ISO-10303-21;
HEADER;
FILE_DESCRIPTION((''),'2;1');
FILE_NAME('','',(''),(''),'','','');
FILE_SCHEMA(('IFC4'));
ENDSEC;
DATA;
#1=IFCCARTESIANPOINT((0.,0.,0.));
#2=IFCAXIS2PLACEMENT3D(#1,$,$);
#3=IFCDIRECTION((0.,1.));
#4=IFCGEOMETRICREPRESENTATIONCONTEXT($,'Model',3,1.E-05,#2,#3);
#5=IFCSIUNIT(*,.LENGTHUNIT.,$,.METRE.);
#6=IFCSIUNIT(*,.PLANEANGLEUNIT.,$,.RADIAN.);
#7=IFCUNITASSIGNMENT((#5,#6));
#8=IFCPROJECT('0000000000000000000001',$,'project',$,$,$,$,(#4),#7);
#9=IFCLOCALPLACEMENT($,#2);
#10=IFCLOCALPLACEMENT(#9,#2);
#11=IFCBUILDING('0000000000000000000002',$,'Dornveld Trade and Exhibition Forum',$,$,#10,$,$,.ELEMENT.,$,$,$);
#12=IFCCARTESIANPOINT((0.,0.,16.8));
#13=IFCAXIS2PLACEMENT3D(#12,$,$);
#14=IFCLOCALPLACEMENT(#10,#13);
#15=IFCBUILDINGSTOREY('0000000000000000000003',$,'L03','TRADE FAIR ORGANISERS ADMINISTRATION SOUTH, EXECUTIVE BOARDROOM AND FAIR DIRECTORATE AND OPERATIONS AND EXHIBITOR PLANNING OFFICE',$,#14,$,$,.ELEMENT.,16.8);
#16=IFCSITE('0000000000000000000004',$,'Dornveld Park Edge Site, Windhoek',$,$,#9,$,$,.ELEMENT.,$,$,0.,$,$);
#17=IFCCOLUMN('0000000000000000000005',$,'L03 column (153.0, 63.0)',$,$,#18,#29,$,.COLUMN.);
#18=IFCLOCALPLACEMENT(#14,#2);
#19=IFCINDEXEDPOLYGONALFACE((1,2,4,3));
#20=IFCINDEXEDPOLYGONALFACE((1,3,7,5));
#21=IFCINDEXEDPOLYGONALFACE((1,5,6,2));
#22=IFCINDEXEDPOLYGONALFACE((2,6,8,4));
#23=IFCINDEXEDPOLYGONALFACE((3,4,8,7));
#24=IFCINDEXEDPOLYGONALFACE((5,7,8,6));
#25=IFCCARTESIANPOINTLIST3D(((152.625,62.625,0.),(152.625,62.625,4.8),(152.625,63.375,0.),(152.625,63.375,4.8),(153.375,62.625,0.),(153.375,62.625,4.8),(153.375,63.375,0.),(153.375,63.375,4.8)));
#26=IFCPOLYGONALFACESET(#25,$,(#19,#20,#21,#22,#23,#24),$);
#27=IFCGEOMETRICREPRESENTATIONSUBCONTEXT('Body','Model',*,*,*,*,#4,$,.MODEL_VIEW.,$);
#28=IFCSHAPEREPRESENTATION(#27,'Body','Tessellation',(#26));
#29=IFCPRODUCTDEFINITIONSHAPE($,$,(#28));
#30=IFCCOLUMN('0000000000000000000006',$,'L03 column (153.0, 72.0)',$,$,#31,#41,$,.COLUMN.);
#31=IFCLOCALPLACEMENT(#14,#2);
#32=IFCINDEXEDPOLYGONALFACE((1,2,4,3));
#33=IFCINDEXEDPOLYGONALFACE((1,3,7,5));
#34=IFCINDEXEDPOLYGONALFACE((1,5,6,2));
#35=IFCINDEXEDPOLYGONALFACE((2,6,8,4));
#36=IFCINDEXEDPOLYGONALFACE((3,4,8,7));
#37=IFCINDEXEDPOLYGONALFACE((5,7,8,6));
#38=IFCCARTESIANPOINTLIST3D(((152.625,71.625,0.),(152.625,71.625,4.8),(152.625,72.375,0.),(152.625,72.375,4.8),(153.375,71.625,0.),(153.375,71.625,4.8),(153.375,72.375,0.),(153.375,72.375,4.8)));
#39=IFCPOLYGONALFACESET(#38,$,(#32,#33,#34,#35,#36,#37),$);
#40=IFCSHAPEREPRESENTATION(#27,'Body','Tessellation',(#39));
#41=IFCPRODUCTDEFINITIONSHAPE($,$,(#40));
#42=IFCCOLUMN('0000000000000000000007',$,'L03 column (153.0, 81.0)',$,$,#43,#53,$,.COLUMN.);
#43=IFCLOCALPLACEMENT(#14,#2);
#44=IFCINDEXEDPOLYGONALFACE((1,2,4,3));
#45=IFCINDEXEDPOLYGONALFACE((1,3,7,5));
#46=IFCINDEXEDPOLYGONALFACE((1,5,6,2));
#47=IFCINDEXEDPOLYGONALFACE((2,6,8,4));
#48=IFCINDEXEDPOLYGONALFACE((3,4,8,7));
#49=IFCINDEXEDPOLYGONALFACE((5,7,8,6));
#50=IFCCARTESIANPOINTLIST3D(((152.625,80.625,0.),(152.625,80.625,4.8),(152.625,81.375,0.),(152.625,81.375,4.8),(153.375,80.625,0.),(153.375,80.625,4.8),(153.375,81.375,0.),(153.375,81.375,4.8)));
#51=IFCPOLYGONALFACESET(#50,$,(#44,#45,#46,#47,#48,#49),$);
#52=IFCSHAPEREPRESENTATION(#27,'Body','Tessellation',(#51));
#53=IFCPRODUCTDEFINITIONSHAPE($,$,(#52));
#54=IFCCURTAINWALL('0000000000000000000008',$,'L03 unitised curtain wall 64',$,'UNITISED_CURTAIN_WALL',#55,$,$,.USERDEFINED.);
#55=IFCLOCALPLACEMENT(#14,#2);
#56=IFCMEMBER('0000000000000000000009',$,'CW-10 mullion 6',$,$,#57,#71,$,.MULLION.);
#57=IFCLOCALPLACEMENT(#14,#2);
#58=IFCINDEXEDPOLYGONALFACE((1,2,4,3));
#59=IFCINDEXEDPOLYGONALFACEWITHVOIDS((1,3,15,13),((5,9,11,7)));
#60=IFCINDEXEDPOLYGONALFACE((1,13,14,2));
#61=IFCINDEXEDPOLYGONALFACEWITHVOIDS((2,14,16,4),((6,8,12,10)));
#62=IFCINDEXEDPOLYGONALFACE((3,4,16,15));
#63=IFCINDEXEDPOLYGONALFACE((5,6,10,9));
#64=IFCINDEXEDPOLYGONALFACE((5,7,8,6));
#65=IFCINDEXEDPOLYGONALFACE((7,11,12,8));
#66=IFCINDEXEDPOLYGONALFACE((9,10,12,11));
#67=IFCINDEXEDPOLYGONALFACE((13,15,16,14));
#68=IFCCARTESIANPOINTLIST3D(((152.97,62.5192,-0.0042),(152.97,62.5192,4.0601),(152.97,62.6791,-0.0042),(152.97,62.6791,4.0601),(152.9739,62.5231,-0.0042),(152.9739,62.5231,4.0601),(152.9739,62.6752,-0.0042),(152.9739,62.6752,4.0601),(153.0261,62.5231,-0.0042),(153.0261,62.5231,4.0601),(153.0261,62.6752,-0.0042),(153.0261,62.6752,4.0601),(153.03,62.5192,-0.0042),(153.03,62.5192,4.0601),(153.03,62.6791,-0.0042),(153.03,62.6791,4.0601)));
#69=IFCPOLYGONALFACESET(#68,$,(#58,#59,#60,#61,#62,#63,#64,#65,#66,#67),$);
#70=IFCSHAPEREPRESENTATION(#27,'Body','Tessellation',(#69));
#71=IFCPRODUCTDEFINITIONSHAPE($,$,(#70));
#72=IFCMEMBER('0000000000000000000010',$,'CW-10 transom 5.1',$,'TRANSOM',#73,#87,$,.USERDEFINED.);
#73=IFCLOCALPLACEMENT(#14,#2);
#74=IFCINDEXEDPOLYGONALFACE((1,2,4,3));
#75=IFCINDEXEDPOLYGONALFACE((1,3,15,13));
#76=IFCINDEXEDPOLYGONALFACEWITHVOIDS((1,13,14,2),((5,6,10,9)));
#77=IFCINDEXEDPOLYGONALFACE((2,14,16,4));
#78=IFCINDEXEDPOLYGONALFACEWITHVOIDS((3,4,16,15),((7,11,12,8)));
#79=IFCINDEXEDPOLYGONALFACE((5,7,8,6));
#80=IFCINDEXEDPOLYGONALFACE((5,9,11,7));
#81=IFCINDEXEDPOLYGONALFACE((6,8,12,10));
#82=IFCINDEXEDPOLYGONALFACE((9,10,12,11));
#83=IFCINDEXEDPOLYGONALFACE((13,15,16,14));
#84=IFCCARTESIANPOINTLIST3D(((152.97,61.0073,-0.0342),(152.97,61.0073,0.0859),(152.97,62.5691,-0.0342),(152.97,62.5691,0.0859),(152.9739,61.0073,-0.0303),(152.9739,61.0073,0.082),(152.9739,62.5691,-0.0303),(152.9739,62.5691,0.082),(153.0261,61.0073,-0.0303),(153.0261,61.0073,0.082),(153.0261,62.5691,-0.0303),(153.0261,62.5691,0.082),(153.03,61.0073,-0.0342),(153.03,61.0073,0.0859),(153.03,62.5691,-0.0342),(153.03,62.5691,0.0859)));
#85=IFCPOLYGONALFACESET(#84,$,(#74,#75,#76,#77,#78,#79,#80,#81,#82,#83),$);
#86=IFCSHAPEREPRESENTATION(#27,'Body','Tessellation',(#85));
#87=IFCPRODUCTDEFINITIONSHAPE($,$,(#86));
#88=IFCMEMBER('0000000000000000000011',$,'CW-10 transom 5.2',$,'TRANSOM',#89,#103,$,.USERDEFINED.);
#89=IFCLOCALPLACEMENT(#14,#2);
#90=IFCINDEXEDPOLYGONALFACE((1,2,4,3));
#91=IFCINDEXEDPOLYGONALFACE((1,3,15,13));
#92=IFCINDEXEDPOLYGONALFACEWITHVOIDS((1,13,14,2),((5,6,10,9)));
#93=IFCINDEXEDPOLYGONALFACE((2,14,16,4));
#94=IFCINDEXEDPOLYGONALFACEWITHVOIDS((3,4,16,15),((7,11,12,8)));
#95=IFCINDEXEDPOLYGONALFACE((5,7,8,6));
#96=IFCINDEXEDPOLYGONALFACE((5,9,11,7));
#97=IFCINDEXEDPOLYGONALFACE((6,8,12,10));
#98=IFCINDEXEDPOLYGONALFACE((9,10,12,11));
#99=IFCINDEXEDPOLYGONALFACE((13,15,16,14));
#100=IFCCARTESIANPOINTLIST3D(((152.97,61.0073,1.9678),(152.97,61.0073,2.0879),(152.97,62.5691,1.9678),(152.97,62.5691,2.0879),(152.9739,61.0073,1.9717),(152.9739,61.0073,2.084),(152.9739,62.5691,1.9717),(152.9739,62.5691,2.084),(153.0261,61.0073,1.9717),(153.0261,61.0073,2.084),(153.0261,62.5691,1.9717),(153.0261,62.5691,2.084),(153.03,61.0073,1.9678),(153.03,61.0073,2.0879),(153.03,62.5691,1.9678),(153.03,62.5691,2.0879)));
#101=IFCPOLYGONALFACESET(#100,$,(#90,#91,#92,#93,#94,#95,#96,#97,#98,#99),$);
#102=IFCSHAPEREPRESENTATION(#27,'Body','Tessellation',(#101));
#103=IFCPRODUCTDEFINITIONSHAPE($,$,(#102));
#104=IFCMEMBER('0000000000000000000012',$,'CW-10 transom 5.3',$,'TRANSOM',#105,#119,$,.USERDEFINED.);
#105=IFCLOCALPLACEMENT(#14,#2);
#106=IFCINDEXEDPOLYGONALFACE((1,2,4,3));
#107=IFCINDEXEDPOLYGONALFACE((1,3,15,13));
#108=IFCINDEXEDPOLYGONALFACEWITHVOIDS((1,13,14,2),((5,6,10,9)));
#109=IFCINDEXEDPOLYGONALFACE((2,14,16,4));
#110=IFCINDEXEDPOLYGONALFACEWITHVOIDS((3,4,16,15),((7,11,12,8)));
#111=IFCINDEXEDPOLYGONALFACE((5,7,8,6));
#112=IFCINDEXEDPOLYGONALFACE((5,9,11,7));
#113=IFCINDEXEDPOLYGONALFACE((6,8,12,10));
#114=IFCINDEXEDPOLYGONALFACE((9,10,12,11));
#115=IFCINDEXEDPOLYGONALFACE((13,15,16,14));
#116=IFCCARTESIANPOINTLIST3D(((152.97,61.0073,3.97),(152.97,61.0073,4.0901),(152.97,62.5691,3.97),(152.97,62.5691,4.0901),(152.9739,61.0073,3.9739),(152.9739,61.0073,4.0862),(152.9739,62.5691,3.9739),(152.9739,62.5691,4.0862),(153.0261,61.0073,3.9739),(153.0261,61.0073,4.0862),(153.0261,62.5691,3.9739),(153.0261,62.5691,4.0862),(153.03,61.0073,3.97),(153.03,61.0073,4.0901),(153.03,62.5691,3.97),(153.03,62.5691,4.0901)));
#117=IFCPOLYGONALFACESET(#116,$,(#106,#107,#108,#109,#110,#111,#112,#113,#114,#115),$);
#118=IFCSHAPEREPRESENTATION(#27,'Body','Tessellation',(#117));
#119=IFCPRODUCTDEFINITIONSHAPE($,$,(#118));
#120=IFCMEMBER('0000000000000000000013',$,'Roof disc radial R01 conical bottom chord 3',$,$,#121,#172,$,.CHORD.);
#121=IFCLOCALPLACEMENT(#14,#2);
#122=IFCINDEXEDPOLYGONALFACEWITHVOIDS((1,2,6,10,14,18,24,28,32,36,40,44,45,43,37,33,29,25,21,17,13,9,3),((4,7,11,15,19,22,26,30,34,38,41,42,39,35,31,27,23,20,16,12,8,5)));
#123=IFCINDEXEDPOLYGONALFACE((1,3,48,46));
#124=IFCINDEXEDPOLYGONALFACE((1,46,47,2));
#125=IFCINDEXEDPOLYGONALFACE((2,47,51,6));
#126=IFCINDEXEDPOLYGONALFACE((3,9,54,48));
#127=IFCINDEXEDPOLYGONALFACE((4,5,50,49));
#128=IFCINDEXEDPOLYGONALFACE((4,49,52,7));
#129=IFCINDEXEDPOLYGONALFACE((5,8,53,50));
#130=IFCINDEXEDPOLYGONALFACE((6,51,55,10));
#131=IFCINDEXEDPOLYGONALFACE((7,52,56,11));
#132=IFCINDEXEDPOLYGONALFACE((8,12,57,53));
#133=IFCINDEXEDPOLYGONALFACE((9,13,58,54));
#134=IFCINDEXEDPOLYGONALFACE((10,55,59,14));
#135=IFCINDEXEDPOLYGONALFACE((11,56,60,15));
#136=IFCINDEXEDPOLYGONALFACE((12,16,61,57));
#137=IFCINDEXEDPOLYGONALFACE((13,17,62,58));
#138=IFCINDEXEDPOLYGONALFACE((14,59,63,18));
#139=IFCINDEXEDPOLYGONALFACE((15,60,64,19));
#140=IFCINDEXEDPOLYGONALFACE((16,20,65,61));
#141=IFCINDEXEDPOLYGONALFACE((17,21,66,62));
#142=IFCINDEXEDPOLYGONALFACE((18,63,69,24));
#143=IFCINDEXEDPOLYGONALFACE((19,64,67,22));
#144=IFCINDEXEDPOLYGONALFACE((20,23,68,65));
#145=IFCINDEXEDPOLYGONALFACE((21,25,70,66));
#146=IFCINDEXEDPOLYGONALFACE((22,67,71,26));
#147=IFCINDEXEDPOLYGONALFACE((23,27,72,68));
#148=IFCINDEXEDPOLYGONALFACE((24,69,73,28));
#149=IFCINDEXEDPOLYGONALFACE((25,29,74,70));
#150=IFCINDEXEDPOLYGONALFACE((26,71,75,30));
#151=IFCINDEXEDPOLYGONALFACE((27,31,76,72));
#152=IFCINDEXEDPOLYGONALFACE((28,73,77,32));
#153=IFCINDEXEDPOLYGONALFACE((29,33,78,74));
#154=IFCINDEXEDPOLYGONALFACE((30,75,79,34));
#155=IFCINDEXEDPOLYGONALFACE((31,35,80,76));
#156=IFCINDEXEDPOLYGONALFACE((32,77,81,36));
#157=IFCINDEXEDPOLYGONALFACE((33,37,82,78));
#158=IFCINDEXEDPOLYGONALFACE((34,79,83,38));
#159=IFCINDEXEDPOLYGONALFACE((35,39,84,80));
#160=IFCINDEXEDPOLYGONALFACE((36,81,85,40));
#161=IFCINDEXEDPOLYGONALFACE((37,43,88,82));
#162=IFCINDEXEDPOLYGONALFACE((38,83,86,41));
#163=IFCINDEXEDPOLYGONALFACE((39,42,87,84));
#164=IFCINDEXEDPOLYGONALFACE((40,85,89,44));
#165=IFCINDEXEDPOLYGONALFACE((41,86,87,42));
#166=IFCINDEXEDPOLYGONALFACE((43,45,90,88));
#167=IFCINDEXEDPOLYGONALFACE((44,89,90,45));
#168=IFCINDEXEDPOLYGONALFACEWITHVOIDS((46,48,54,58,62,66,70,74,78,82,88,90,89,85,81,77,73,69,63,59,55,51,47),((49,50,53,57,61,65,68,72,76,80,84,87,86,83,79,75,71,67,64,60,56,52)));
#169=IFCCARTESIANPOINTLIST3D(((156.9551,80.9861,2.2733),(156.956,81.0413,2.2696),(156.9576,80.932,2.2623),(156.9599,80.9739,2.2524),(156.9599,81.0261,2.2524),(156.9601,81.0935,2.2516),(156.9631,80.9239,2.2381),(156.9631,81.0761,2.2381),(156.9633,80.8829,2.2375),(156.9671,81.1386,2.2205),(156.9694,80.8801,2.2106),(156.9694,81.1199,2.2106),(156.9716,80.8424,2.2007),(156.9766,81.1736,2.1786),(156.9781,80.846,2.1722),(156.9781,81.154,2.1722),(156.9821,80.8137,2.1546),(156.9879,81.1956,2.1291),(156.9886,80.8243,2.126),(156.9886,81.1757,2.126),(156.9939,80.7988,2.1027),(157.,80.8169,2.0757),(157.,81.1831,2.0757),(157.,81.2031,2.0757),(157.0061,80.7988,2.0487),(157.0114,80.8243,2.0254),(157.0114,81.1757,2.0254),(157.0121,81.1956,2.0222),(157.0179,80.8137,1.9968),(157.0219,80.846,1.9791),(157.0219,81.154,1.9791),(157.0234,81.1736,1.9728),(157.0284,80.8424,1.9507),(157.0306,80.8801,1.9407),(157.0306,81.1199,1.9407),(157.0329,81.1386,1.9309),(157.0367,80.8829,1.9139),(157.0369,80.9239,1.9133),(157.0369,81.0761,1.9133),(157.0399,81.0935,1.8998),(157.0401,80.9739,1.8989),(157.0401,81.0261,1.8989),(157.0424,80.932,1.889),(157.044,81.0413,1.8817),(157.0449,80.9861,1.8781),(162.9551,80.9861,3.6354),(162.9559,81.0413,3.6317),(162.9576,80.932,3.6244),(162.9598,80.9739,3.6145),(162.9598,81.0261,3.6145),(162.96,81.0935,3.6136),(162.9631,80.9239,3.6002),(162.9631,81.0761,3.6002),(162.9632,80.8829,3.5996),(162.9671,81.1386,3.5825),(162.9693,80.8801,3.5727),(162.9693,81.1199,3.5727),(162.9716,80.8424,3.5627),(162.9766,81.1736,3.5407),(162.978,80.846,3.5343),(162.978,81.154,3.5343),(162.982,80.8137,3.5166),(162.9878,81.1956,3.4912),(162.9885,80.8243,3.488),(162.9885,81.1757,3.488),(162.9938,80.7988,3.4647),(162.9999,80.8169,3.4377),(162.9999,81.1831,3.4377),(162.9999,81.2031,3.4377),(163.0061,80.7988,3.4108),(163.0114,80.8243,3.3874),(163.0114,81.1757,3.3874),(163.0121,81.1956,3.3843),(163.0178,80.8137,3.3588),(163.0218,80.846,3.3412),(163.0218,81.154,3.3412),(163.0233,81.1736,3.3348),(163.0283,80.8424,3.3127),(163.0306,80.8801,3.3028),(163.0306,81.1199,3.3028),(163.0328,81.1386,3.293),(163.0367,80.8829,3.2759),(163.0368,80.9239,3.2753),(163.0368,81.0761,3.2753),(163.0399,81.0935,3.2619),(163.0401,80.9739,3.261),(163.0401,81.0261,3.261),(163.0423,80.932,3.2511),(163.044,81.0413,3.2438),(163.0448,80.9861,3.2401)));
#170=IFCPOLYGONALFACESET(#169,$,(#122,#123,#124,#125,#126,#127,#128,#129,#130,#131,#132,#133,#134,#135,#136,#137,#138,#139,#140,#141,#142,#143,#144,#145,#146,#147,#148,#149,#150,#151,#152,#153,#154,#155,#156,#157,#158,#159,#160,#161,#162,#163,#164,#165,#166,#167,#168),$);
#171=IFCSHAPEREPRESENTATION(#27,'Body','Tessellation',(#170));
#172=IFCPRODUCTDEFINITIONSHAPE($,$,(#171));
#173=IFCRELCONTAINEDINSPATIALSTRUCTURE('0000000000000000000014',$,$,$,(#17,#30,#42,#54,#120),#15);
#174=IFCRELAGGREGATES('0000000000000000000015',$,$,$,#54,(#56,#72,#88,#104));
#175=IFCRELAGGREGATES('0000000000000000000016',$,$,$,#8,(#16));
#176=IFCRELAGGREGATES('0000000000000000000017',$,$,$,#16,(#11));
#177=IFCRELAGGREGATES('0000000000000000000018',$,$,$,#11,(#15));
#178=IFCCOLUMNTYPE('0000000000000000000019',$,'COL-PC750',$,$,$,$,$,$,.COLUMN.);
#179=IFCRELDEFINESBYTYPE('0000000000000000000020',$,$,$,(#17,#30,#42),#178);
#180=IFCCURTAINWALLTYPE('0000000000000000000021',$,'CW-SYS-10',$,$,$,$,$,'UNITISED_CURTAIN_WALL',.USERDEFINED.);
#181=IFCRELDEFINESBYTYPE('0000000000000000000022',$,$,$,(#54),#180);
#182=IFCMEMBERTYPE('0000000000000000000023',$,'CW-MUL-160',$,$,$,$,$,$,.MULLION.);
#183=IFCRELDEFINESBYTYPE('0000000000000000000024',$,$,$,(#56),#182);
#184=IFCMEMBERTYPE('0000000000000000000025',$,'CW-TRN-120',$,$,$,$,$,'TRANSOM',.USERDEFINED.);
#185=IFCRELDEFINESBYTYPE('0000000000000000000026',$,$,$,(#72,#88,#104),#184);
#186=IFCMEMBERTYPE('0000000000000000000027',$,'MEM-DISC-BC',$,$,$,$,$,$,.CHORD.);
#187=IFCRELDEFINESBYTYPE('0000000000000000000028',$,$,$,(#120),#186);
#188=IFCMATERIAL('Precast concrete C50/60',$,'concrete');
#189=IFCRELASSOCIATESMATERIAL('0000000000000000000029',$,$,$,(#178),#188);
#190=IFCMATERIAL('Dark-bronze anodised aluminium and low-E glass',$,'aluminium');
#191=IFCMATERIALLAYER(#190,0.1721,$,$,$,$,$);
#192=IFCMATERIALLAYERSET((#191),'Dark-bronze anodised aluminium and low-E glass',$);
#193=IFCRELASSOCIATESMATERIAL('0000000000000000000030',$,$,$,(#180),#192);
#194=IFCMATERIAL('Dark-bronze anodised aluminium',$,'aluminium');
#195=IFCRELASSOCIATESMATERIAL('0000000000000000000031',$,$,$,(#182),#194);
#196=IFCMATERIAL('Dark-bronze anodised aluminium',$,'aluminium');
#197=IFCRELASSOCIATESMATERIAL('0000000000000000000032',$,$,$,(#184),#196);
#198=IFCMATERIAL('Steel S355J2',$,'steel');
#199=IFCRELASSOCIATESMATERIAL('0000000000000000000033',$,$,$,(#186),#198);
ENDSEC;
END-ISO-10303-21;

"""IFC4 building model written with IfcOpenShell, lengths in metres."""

from ifc_helpers import new_model, si_unit, direction, frame, origin, origin_2d, place, context, subcontext, project, spatial, rectangle, hollow_rectangle, hollow_circle, extrude, material, layer, layer_set, material_profile, profile_set, type_object, element, aggregate, save


model = new_model("IFC4")

# Units and contexts
model_context = context("Model", 3, precision=1e-05, world=origin(), true_north=direction((0.0, 1.0)))
body_context = subcontext(model_context, "Body", "Model", "MODEL_VIEW")
ifc_project = project(units=[si_unit("LENGTHUNIT", "METRE"), si_unit("PLANEANGLEUNIT", "RADIAN")], contexts=[model_context])

# Site, building, storey
site_placement = place(None, origin())
site = spatial("IfcSite", under=ifc_project, at=site_placement, Name="Dornveld Park Edge Site, Windhoek", CompositionType="ELEMENT", RefElevation=0.0)
building_placement = place(site_placement, origin())
building = spatial("IfcBuilding", under=site, at=building_placement, Name="Dornveld Trade and Exhibition Forum", CompositionType="ELEMENT")
storey_placement = place(building_placement, frame((0.0, 0.0, 16.8)))
storey = spatial("IfcBuildingStorey", under=building, at=storey_placement, Name="L03", Description="TRADE FAIR ORGANISERS ADMINISTRATION SOUTH, EXECUTIVE BOARDROOM AND FAIR DIRECTORATE AND OPERATIONS AND EXHIBITOR PLANNING OFFICE", CompositionType="ELEMENT", Elevation=16.8)

# Columns
ifc_material_1 = material(Name="Precast concrete C50/60", Category="concrete")
ifc_material_profile_1 = material_profile(ifc_material_1, rectangle(XDim=0.75, YDim=0.75, at=origin_2d()), Name="PC-COL 750x750")
ifc_profile_set_1 = profile_set([ifc_material_profile_1], Name="Precast concrete C50/60")
column_type = type_object("IfcColumnType", Name="COL-PC750", PredefinedType="COLUMN", material=ifc_profile_set_1)
for number, where, z_axis, x_axis, name in (
    (1, (153.0, 63.0, 0.0), (0.0, 0.0, 1.0), (1.0, 0.0, 0.0), "L03 column (153.0, 63.0)"),
    (2, (153.0, 72.0, 0.0), (0.0, 0.0, 1.0), (1.0, 0.0, 0.0), "L03 column (153.0, 72.0)"),
    (3, (153.0, 81.0, 0.0), (0.0, 0.0, 1.0), (1.0, 0.0, 0.0), "L03 column (153.0, 81.0)"),
):
    element("IfcColumn", number, at=place(storey_placement, frame(where, z_axis=z_axis, x_axis=x_axis)), inside=storey, type_object=column_type, Name=name, PredefinedType="COLUMN", context=body_context, shape_type="SweptSolid", body=[
        extrude(rectangle(XDim=0.75, YDim=0.75, at=origin_2d()), origin(), (0.0, 0.0, 1.0), 4.8),
    ])

# Curtain wall, members
ifc_material_2 = material(Name="Dark-bronze anodised aluminium and low-E glass", Category="aluminium")
ifc_layer_1 = layer(ifc_material_2, 0.1721)
ifc_layer_set_1 = layer_set([ifc_layer_1], Name="Dark-bronze anodised aluminium and low-E glass")
curtain_wall_type = type_object("IfcCurtainWallType", Name="CW-SYS-10", ElementType="UNITISED_CURTAIN_WALL", PredefinedType="USERDEFINED", material=ifc_layer_set_1)
curtain_wall_placement = place(storey_placement, origin())
curtain_wall = element("IfcCurtainWall", 4, at=curtain_wall_placement, inside=storey, type_object=curtain_wall_type, Name="L03 unitised curtain wall 64", ObjectType="UNITISED_CURTAIN_WALL", PredefinedType="USERDEFINED")
ifc_material_3 = material(Name="Dark-bronze anodised aluminium", Category="aluminium")
ifc_material_profile_2 = material_profile(ifc_material_3, hollow_rectangle(XDim=0.0601, YDim=0.1599, WallThickness=0.0039, at=origin_2d()), Name="RHS 160x60x4")
ifc_profile_set_2 = profile_set([ifc_material_profile_2], Name="Dark-bronze anodised aluminium")
member_type_1 = type_object("IfcMemberType", Name="CW-MUL-160", PredefinedType="MULLION", material=ifc_profile_set_2)
member_1_placement = place(storey_placement, frame((153.0, 62.5991, -0.0042), z_axis=(0.0, 0.0, 1.0), x_axis=(-1.0, 0.0, 0.0)))
member_1 = element("IfcMember", 5, at=member_1_placement, type_object=member_type_1, Name="CW-10 mullion 6", PredefinedType="MULLION", context=body_context, shape_type="SweptSolid", body=[
    extrude(hollow_rectangle(XDim=0.0601, YDim=0.1599, WallThickness=0.0039, at=origin_2d()), origin(), (0.0, 0.0, 1.0), 4.0642),
])
ifc_material_4 = material(Name="Dark-bronze anodised aluminium", Category="aluminium")
ifc_material_profile_3 = material_profile(ifc_material_4, hollow_rectangle(XDim=0.0601, YDim=0.1201, WallThickness=0.0039, at=origin_2d()), Name="RHS 120x60x4")
ifc_profile_set_3 = profile_set([ifc_material_profile_3], Name="Dark-bronze anodised aluminium")
member_type_2 = type_object("IfcMemberType", Name="CW-TRN-120", ElementType="TRANSOM", PredefinedType="USERDEFINED", material=ifc_profile_set_3)
member_2_placement = place(storey_placement, frame((153.0, 61.0073, 0.0259), z_axis=(0.0, 1.0, 0.0), x_axis=(-1.0, 0.0, 0.0)))
member_2 = element("IfcMember", 6, at=member_2_placement, type_object=member_type_2, Name="CW-10 transom 5.1", ObjectType="TRANSOM", PredefinedType="USERDEFINED", context=body_context, shape_type="SweptSolid", body=[
    extrude(hollow_rectangle(XDim=0.0601, YDim=0.1201, WallThickness=0.0039, at=origin_2d()), origin(), (0.0, 0.0, 1.0), 1.5618),
])
member_3_placement = place(storey_placement, frame((153.0, 61.0073, 2.0278), z_axis=(0.0, 1.0, 0.0), x_axis=(-1.0, 0.0, 0.0)))
member_3 = element("IfcMember", 7, at=member_3_placement, type_object=member_type_2, Name="CW-10 transom 5.2", ObjectType="TRANSOM", PredefinedType="USERDEFINED", context=body_context, shape_type="SweptSolid", body=[
    extrude(hollow_rectangle(XDim=0.0601, YDim=0.1201, WallThickness=0.0039, at=origin_2d()), origin(), (0.0, 0.0, 1.0), 1.5618),
])
member_4_placement = place(storey_placement, frame((153.0, 61.0073, 4.03), z_axis=(0.0, 1.0, 0.0), x_axis=(-1.0, 0.0, 0.0)))
member_4 = element("IfcMember", 8, at=member_4_placement, type_object=member_type_2, Name="CW-10 transom 5.3", ObjectType="TRANSOM", PredefinedType="USERDEFINED", context=body_context, shape_type="SweptSolid", body=[
    extrude(hollow_rectangle(XDim=0.0601, YDim=0.1201, WallThickness=0.0039, at=origin_2d()), origin(), (0.0, 0.0, 1.0), 1.5618),
])

# Member
ifc_material_5 = material(Name="Steel S355J2", Category="steel")
ifc_material_profile_4 = material_profile(ifc_material_5, hollow_circle(Radius=0.2031, WallThickness=0.02, at=origin_2d()), Name="CHS 406.4x20")
ifc_profile_set_4 = profile_set([ifc_material_profile_4], Name="Steel S355J2")
member_type_3 = type_object("IfcMemberType", Name="MEM-DISC-BC", PredefinedType="CHORD", material=ifc_profile_set_4)
member_5_placement = place(storey_placement, frame((157.0, 81.0, 2.0757), z_axis=(0.975188, 0.0, 0.221378), x_axis=(0.0, 1.0, 0.0)))
element("IfcMember", 9, at=member_5_placement, inside=storey, type_object=member_type_3, Name="Roof disc radial R01 conical bottom chord 3", PredefinedType="CHORD", context=body_context, shape_type="SweptSolid", body=[
    extrude(hollow_circle(Radius=0.2031, WallThickness=0.02, at=origin_2d()), origin(), (0.0, 0.0, 1.0), 6.1526),
])

aggregate(curtain_wall, [member_1, member_2, member_3, member_4])

save(model, "model.ifc")
